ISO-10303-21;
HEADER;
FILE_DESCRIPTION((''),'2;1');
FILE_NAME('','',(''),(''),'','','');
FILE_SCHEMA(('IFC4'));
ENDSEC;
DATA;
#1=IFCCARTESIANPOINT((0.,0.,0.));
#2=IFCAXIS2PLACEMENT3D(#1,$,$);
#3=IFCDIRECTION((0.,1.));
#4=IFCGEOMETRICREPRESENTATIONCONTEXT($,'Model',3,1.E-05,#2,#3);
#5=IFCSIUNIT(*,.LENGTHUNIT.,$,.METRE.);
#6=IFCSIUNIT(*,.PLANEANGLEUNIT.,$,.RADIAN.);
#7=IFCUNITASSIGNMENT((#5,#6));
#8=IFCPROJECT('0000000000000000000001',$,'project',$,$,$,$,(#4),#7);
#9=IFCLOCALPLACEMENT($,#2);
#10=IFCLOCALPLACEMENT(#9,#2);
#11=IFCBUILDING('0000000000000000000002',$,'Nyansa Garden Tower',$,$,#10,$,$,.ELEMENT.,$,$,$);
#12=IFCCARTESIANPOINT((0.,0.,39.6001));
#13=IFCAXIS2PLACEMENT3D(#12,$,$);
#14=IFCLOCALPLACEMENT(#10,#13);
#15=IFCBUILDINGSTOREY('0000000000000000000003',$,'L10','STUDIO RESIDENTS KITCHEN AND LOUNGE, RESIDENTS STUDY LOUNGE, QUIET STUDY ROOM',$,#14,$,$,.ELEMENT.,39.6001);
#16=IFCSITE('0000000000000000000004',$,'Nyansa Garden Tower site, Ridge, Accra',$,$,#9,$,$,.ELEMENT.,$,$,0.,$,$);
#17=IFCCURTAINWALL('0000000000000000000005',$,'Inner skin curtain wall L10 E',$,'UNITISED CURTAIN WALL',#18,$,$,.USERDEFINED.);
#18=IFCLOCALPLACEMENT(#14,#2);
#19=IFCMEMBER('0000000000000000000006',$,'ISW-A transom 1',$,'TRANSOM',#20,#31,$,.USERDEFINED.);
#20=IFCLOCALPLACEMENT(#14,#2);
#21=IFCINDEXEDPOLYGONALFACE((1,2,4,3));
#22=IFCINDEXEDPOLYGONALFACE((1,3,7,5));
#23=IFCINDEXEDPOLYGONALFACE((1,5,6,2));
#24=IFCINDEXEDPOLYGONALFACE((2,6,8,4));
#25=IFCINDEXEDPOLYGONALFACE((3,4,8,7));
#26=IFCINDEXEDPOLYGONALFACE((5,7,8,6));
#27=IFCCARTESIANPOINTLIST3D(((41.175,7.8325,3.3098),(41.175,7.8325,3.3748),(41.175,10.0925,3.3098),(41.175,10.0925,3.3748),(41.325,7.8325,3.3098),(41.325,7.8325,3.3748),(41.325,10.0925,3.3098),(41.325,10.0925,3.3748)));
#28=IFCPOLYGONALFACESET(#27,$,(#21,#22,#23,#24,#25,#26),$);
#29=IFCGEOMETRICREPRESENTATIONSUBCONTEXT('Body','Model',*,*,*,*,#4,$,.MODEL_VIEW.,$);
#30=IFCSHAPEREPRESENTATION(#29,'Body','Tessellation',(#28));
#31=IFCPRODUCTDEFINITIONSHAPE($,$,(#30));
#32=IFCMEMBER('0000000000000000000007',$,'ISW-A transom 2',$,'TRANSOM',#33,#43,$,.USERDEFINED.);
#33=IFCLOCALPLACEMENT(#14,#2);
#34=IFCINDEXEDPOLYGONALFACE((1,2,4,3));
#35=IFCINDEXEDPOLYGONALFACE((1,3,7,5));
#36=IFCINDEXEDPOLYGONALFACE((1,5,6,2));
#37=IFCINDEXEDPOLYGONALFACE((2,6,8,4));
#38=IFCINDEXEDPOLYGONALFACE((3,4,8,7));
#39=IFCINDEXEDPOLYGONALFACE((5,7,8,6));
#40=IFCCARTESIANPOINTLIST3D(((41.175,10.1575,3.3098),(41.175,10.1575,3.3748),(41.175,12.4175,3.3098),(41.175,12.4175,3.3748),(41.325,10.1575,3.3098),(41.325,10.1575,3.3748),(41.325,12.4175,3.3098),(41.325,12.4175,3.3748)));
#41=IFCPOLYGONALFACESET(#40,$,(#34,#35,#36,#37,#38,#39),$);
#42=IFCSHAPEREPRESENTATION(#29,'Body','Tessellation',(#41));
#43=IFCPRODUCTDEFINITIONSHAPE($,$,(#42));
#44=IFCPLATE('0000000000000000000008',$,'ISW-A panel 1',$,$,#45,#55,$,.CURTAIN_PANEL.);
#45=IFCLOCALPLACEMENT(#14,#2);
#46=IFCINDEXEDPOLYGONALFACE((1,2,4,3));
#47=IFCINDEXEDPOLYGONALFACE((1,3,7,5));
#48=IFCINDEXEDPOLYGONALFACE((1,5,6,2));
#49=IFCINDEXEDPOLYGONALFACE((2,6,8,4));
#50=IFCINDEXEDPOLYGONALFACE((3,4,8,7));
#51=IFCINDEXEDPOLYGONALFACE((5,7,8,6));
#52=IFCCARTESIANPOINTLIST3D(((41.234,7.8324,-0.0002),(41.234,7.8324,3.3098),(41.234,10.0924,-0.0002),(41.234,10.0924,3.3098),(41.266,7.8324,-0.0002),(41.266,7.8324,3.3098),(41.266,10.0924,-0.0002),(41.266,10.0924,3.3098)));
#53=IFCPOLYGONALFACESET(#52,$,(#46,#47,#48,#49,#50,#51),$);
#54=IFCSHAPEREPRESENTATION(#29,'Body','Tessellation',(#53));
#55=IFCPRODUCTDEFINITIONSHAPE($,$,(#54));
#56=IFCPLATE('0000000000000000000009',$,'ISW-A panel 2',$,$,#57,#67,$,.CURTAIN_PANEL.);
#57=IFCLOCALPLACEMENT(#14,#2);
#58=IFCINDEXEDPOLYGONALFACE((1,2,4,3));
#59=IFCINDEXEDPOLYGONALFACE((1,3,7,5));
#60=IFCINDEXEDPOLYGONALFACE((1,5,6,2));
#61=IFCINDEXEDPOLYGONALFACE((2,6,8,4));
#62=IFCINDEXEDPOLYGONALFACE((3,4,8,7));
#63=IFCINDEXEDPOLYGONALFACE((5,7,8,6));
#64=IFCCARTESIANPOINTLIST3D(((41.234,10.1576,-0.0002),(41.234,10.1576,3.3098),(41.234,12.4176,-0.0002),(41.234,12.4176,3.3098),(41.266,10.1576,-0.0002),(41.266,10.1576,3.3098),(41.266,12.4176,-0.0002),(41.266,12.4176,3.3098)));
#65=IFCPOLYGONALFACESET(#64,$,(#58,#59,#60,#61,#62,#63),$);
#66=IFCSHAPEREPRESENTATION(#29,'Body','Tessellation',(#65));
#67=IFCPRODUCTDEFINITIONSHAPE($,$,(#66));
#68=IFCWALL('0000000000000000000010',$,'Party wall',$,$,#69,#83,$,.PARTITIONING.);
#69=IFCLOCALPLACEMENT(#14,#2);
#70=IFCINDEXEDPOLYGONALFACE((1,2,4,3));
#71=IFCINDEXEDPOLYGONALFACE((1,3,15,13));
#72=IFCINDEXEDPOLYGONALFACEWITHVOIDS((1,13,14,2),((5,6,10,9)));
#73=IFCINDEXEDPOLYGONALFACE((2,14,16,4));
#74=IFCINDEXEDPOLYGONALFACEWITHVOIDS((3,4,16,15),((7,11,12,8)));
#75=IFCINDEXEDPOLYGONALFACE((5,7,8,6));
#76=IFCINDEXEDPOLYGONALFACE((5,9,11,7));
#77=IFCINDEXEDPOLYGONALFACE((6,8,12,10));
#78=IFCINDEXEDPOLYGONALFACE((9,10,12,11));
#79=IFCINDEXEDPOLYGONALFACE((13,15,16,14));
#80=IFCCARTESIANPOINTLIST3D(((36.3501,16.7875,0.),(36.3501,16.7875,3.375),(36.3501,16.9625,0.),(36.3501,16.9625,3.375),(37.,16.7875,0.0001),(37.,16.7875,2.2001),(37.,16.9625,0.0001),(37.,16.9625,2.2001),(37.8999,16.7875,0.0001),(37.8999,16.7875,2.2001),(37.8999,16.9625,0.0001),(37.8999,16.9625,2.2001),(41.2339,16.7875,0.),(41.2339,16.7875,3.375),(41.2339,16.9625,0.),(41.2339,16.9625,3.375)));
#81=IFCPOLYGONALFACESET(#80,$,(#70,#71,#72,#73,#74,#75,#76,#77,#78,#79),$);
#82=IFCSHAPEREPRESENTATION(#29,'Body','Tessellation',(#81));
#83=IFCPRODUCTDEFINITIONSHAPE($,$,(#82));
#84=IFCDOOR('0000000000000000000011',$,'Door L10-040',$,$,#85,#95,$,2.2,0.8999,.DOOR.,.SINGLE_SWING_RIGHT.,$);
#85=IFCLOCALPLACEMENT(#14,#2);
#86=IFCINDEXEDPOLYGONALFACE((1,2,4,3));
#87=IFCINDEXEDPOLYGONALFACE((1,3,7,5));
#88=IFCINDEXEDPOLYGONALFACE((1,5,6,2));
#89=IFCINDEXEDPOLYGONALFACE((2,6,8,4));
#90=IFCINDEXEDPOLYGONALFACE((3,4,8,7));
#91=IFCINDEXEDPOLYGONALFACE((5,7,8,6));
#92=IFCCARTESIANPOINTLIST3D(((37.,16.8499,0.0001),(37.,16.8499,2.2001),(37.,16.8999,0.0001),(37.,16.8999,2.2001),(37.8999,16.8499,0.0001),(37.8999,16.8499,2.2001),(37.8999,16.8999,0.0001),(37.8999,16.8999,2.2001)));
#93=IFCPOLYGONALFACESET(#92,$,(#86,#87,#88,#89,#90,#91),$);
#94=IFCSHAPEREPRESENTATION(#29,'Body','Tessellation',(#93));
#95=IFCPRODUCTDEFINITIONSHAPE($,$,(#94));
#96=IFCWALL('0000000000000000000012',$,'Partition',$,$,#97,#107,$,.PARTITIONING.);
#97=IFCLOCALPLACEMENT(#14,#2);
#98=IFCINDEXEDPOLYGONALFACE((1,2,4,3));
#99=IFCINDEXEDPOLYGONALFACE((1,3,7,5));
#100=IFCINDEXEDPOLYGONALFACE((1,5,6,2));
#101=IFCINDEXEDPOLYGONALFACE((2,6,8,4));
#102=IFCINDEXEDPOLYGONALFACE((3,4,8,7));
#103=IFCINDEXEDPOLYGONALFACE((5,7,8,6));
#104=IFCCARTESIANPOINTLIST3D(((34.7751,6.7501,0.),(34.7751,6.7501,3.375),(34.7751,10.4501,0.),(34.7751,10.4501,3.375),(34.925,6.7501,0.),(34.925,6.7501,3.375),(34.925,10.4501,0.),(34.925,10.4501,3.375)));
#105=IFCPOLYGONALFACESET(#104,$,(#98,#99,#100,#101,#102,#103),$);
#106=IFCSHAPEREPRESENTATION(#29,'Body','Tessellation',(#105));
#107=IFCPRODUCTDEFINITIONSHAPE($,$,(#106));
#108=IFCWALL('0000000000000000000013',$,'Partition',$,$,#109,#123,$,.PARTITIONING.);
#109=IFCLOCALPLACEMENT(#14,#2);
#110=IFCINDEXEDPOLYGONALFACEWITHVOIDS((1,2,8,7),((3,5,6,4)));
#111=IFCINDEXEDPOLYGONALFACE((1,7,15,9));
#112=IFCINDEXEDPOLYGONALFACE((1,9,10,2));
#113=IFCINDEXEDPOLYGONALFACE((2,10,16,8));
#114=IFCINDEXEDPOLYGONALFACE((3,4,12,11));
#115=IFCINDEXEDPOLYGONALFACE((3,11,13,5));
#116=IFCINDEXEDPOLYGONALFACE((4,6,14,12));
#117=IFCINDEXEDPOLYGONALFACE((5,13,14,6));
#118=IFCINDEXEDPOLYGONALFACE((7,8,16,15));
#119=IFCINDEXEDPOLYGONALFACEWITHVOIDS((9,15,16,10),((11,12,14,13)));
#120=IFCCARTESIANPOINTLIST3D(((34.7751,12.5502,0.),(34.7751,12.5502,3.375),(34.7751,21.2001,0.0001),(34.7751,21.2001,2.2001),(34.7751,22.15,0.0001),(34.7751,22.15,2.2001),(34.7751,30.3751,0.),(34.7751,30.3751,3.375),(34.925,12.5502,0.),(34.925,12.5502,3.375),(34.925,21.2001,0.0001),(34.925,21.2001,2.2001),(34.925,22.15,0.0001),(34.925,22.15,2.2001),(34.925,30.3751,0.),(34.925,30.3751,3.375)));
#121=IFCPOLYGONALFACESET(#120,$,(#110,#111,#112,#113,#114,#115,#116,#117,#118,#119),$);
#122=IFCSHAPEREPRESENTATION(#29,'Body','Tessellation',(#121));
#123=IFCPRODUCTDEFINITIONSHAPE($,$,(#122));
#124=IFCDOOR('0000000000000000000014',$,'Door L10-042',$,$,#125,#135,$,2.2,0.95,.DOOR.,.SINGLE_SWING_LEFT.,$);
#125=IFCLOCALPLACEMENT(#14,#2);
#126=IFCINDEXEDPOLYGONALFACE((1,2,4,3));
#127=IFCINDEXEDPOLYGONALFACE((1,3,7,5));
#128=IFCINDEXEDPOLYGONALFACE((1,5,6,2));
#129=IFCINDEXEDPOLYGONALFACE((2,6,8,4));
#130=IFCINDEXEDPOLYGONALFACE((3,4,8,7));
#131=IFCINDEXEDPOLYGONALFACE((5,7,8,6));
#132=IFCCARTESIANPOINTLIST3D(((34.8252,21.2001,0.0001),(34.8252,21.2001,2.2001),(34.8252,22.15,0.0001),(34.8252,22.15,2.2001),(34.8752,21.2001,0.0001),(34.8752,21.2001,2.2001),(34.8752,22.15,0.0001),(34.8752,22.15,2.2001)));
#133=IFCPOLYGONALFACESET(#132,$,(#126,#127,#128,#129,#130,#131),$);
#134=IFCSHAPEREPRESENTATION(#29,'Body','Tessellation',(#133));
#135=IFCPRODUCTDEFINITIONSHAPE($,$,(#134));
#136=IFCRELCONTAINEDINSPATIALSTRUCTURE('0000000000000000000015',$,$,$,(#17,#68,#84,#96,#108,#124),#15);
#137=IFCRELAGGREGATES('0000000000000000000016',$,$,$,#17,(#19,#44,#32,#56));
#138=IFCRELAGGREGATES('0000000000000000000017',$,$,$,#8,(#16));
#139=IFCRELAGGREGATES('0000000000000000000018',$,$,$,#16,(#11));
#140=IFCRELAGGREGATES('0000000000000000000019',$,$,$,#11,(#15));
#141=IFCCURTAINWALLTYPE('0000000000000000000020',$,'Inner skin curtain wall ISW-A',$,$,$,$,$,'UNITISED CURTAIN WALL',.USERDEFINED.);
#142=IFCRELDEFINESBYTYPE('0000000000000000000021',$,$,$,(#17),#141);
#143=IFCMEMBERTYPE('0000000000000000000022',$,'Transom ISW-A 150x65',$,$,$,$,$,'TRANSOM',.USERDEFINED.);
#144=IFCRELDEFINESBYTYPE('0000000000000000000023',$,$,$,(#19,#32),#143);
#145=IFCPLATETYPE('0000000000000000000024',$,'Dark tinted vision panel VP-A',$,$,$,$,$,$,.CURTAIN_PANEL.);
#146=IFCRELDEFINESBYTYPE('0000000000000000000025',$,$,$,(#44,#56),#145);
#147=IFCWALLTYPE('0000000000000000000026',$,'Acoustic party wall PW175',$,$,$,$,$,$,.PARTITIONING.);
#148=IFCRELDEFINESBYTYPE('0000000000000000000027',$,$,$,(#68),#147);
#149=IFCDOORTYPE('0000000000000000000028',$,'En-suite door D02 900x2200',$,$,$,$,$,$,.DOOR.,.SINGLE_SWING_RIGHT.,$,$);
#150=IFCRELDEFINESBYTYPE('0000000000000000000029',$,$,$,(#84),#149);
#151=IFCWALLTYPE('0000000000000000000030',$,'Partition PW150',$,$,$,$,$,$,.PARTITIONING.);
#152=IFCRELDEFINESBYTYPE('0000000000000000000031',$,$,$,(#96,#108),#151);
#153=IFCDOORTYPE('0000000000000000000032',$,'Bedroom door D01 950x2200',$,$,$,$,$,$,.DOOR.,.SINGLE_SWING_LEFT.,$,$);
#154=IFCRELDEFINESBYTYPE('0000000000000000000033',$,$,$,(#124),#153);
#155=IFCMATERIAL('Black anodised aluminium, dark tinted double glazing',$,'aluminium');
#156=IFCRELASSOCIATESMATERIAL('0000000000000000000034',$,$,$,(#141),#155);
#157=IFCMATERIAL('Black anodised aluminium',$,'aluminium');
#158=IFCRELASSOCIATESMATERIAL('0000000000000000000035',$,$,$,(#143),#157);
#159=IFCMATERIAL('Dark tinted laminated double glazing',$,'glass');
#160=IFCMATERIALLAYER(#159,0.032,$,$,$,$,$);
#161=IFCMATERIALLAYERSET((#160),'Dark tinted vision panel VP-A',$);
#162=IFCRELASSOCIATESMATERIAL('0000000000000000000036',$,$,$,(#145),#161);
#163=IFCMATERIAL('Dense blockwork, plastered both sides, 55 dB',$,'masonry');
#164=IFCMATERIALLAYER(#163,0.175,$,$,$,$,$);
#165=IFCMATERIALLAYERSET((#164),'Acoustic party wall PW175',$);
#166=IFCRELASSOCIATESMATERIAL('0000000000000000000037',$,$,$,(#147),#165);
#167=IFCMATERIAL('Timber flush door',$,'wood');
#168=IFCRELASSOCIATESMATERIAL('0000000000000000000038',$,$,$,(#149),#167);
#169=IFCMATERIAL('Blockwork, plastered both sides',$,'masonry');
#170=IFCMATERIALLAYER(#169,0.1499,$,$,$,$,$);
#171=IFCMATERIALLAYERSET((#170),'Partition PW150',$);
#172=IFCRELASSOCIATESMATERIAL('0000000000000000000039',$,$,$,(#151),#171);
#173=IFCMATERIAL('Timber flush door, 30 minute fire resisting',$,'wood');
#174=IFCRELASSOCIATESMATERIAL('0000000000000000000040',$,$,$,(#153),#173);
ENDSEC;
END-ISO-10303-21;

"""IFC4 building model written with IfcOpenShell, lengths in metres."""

from ifc_helpers import new_model, si_unit, direction, frame, frame_2d, origin, origin_2d, place, context, subcontext, project, spatial, rectangle, extrude, material, layer, layer_set, material_profile, profile_set, type_object, element, fill, aggregate, save


model = new_model("IFC4")

# Units and contexts
model_context = context("Model", 3, precision=1e-05, world=origin(), true_north=direction((0.0, 1.0)))
body_context = subcontext(model_context, "Body", "Model", "MODEL_VIEW")
ifc_project = project(units=[si_unit("LENGTHUNIT", "METRE"), si_unit("PLANEANGLEUNIT", "RADIAN")], contexts=[model_context])

# Site, building, storey
site_placement = place(None, origin())
site = spatial("IfcSite", under=ifc_project, at=site_placement, Name="Nyansa Garden Tower site, Ridge, Accra", CompositionType="ELEMENT", RefElevation=0.0)
building_placement = place(site_placement, origin())
building = spatial("IfcBuilding", under=site, at=building_placement, Name="Nyansa Garden Tower", CompositionType="ELEMENT")
storey_placement = place(building_placement, frame((0.0, 0.0, 39.6001)))
storey = spatial("IfcBuildingStorey", under=building, at=storey_placement, Name="L10", Description="STUDIO RESIDENTS KITCHEN AND LOUNGE, RESIDENTS STUDY LOUNGE, QUIET STUDY ROOM", CompositionType="ELEMENT", Elevation=39.6001)

# Curtain wall
ifc_material_1 = material(Name="Black anodised aluminium, dark tinted double glazing", Category="aluminium")
curtain_wall_type = type_object("IfcCurtainWallType", Name="Inner skin curtain wall ISW-A", ElementType="UNITISED CURTAIN WALL", PredefinedType="USERDEFINED", material=ifc_material_1)
curtain_wall_placement = place(storey_placement, origin())
curtain_wall = element("IfcCurtainWall", 1, at=curtain_wall_placement, inside=storey, type_object=curtain_wall_type, Name="Inner skin curtain wall L10 E", ObjectType="UNITISED CURTAIN WALL", PredefinedType="USERDEFINED")

# Members
ifc_material_2 = material(Name="Black anodised aluminium", Category="aluminium")
ifc_material_profile_1 = material_profile(ifc_material_2, rectangle(XDim=0.1499, YDim=0.0649, at=origin_2d()), Name="Transom 150x65")
ifc_profile_set_1 = profile_set([ifc_material_profile_1], Name="Black anodised aluminium")
member_type_1 = type_object("IfcMemberType", Name="Transom ISW-A 150x65", ElementType="TRANSOM", PredefinedType="USERDEFINED", material=ifc_profile_set_1)
member_1_placement = place(storey_placement, frame((41.25, 7.8325, 3.3423), z_axis=(0.0, 1.0, 0.0), x_axis=(-1.0, 0.0, 0.0)))
member_1 = element("IfcMember", 2, at=member_1_placement, type_object=member_type_1, Name="ISW-A transom 1", ObjectType="TRANSOM", PredefinedType="USERDEFINED", context=body_context, shape_type="SweptSolid", body=[
    extrude(rectangle(XDim=0.1499, YDim=0.0649, at=origin_2d()), origin(), (0.0, 0.0, 1.0), 2.26),
])
member_2_placement = place(storey_placement, frame((41.25, 10.1575, 3.3423), z_axis=(0.0, 1.0, 0.0), x_axis=(-1.0, 0.0, 0.0)))
member_2 = element("IfcMember", 3, at=member_2_placement, type_object=member_type_1, Name="ISW-A transom 2", ObjectType="TRANSOM", PredefinedType="USERDEFINED", context=body_context, shape_type="SweptSolid", body=[
    extrude(rectangle(XDim=0.1499, YDim=0.0649, at=origin_2d()), origin(), (0.0, 0.0, 1.0), 2.26),
])

# Plates
ifc_material_3 = material(Name="Dark tinted laminated double glazing", Category="glass")
ifc_layer_1 = layer(ifc_material_3, 0.032)
ifc_layer_set_1 = layer_set([ifc_layer_1], Name="Dark tinted vision panel VP-A")
plate_type = type_object("IfcPlateType", Name="Dark tinted vision panel VP-A", PredefinedType="CURTAIN_PANEL", material=ifc_layer_set_1)
plate_1_placement = place(storey_placement, frame((41.25, 8.9624, -0.0002), z_axis=(0.0, 0.0, 1.0), x_axis=(0.0, 1.0, 0.0)))
plate_1 = element("IfcPlate", 4, at=plate_1_placement, type_object=plate_type, Name="ISW-A panel 1", PredefinedType="CURTAIN_PANEL", context=body_context, shape_type="SweptSolid", body=[
    extrude(rectangle(XDim=2.26, YDim=0.032, at=origin_2d()), origin(), (0.0, 0.0, 1.0), 3.3101),
])
plate_2_placement = place(storey_placement, frame((41.25, 11.2876, -0.0002), z_axis=(0.0, 0.0, 1.0), x_axis=(0.0, 1.0, 0.0)))
plate_2 = element("IfcPlate", 5, at=plate_2_placement, type_object=plate_type, Name="ISW-A panel 2", PredefinedType="CURTAIN_PANEL", context=body_context, shape_type="SweptSolid", body=[
    extrude(rectangle(XDim=2.26, YDim=0.032, at=origin_2d()), origin(), (0.0, 0.0, 1.0), 3.3101),
])
aggregate(curtain_wall, [member_1, plate_1, member_2, plate_2])

# Wall, opening, door
ifc_material_4 = material(Name="Dense blockwork, plastered both sides, 55 dB", Category="masonry")
ifc_layer_2 = layer(ifc_material_4, 0.175)
ifc_layer_set_2 = layer_set([ifc_layer_2], Name="Acoustic party wall PW175")
wall_type_1 = type_object("IfcWallType", Name="Acoustic party wall PW175", PredefinedType="PARTITIONING", material=ifc_layer_set_2)
wall_1_placement = place(storey_placement, frame((36.3501, 16.875, 0.0), z_axis=(0.0, 0.0, 1.0), x_axis=(1.0, 0.0, 0.0)))
wall_1 = element("IfcWall", 6, at=wall_1_placement, inside=storey, type_object=wall_type_1, Name="Party wall", PredefinedType="PARTITIONING", context=body_context, shape_type="SweptSolid", body=[
    extrude(rectangle(XDim=4.8838, YDim=0.175, at=frame_2d((2.4419, 0.0))), origin(), (0.0, 0.0, 1.0), 3.375),
])
opening_1_placement = place(wall_1_placement, frame((0.6499, 0.0, 0.0)))
opening_1 = element("IfcOpeningElement", 7, at=opening_1_placement, cuts=wall_1, PredefinedType="OPENING", context=body_context, shape_type="SweptSolid", body=[
    extrude(rectangle(XDim=0.8999, YDim=2.2, at=frame_2d((0.45, 1.1001))), frame((0.0, 0.0974, 0.0), z_axis=(0.0, -1.0, 0.0), x_axis=(1.0, 0.0, 0.0)), (0.0, 0.0, 1.0), 0.1951),
])
ifc_material_5 = material(Name="Timber flush door", Category="wood")
door_type_1 = type_object("IfcDoorType", Name="En-suite door D02 900x2200", OperationType="SINGLE_SWING_RIGHT", PredefinedType="DOOR", material=ifc_material_5)
door_1_placement = place(opening_1_placement, origin())
door_1 = element("IfcDoor", 8, at=door_1_placement, inside=storey, type_object=door_type_1, Name="Door L10-040", OperationType="SINGLE_SWING_RIGHT", OverallHeight=2.2, OverallWidth=0.8999, PredefinedType="DOOR", context=body_context, shape_type="SweptSolid", body=[
    extrude(rectangle(XDim=0.8999, YDim=2.2, at=frame_2d((0.45, 1.1001))), frame((0.0, 0.0249, 0.0), z_axis=(0.0, -1.0, 0.0), x_axis=(1.0, 0.0, 0.0)), (0.0, 0.0, 1.0), 0.05),
])
fill(opening_1, door_1)

# Wall
ifc_material_6 = material(Name="Blockwork, plastered both sides", Category="masonry")
ifc_layer_3 = layer(ifc_material_6, 0.1499)
ifc_layer_set_3 = layer_set([ifc_layer_3], Name="Partition PW150")
wall_type_2 = type_object("IfcWallType", Name="Partition PW150", PredefinedType="PARTITIONING", material=ifc_layer_set_3)
wall_2_placement = place(storey_placement, frame((34.8501, 6.75, 0.0), z_axis=(0.0, 0.0, 1.0), x_axis=(0.0, 1.0, 0.0)))
element("IfcWall", 9, at=wall_2_placement, inside=storey, type_object=wall_type_2, Name="Partition", PredefinedType="PARTITIONING", context=body_context, shape_type="SweptSolid", body=[
    extrude(rectangle(XDim=3.7, YDim=0.1499, at=frame_2d((1.8501, 0.0))), origin(), (0.0, 0.0, 1.0), 3.375),
])

# Wall, opening, door
wall_3_placement = place(storey_placement, frame((34.8501, 12.55, 0.0), z_axis=(0.0, 0.0, 1.0), x_axis=(0.0, 1.0, 0.0)))
wall_3 = element("IfcWall", 10, at=wall_3_placement, inside=storey, type_object=wall_type_2, Name="Partition", PredefinedType="PARTITIONING", context=body_context, shape_type="SweptSolid", body=[
    extrude(rectangle(XDim=17.825, YDim=0.1499, at=frame_2d((8.9126, 0.0))), origin(), (0.0, 0.0, 1.0), 3.375),
])
opening_2_placement = place(wall_3_placement, frame((8.6499, 0.0, 0.0)))
opening_2 = element("IfcOpeningElement", 11, at=opening_2_placement, cuts=wall_3, PredefinedType="OPENING", context=body_context, shape_type="SweptSolid", body=[
    extrude(rectangle(XDim=0.95, YDim=2.2, at=frame_2d((0.4751, 1.1001))), frame((0.0, 0.085, 0.0), z_axis=(0.0, -1.0, 0.0), x_axis=(1.0, 0.0, 0.0)), (0.0, 0.0, 1.0), 0.1699),
])
ifc_material_7 = material(Name="Timber flush door, 30 minute fire resisting", Category="wood")
door_type_2 = type_object("IfcDoorType", Name="Bedroom door D01 950x2200", OperationType="SINGLE_SWING_LEFT", PredefinedType="DOOR", material=ifc_material_7)
door_2_placement = place(opening_2_placement, origin())
door_2 = element("IfcDoor", 12, at=door_2_placement, inside=storey, type_object=door_type_2, Name="Door L10-042", OperationType="SINGLE_SWING_LEFT", OverallHeight=2.2, OverallWidth=0.95, PredefinedType="DOOR", context=body_context, shape_type="SweptSolid", body=[
    extrude(rectangle(XDim=0.95, YDim=2.2, at=frame_2d((0.4751, 1.1001))), frame((0.0, 0.0249, 0.0), z_axis=(0.0, -1.0, 0.0), x_axis=(1.0, 0.0, 0.0)), (0.0, 0.0, 1.0), 0.05),
])
fill(opening_2, door_2)

save(model, "model.ifc")
